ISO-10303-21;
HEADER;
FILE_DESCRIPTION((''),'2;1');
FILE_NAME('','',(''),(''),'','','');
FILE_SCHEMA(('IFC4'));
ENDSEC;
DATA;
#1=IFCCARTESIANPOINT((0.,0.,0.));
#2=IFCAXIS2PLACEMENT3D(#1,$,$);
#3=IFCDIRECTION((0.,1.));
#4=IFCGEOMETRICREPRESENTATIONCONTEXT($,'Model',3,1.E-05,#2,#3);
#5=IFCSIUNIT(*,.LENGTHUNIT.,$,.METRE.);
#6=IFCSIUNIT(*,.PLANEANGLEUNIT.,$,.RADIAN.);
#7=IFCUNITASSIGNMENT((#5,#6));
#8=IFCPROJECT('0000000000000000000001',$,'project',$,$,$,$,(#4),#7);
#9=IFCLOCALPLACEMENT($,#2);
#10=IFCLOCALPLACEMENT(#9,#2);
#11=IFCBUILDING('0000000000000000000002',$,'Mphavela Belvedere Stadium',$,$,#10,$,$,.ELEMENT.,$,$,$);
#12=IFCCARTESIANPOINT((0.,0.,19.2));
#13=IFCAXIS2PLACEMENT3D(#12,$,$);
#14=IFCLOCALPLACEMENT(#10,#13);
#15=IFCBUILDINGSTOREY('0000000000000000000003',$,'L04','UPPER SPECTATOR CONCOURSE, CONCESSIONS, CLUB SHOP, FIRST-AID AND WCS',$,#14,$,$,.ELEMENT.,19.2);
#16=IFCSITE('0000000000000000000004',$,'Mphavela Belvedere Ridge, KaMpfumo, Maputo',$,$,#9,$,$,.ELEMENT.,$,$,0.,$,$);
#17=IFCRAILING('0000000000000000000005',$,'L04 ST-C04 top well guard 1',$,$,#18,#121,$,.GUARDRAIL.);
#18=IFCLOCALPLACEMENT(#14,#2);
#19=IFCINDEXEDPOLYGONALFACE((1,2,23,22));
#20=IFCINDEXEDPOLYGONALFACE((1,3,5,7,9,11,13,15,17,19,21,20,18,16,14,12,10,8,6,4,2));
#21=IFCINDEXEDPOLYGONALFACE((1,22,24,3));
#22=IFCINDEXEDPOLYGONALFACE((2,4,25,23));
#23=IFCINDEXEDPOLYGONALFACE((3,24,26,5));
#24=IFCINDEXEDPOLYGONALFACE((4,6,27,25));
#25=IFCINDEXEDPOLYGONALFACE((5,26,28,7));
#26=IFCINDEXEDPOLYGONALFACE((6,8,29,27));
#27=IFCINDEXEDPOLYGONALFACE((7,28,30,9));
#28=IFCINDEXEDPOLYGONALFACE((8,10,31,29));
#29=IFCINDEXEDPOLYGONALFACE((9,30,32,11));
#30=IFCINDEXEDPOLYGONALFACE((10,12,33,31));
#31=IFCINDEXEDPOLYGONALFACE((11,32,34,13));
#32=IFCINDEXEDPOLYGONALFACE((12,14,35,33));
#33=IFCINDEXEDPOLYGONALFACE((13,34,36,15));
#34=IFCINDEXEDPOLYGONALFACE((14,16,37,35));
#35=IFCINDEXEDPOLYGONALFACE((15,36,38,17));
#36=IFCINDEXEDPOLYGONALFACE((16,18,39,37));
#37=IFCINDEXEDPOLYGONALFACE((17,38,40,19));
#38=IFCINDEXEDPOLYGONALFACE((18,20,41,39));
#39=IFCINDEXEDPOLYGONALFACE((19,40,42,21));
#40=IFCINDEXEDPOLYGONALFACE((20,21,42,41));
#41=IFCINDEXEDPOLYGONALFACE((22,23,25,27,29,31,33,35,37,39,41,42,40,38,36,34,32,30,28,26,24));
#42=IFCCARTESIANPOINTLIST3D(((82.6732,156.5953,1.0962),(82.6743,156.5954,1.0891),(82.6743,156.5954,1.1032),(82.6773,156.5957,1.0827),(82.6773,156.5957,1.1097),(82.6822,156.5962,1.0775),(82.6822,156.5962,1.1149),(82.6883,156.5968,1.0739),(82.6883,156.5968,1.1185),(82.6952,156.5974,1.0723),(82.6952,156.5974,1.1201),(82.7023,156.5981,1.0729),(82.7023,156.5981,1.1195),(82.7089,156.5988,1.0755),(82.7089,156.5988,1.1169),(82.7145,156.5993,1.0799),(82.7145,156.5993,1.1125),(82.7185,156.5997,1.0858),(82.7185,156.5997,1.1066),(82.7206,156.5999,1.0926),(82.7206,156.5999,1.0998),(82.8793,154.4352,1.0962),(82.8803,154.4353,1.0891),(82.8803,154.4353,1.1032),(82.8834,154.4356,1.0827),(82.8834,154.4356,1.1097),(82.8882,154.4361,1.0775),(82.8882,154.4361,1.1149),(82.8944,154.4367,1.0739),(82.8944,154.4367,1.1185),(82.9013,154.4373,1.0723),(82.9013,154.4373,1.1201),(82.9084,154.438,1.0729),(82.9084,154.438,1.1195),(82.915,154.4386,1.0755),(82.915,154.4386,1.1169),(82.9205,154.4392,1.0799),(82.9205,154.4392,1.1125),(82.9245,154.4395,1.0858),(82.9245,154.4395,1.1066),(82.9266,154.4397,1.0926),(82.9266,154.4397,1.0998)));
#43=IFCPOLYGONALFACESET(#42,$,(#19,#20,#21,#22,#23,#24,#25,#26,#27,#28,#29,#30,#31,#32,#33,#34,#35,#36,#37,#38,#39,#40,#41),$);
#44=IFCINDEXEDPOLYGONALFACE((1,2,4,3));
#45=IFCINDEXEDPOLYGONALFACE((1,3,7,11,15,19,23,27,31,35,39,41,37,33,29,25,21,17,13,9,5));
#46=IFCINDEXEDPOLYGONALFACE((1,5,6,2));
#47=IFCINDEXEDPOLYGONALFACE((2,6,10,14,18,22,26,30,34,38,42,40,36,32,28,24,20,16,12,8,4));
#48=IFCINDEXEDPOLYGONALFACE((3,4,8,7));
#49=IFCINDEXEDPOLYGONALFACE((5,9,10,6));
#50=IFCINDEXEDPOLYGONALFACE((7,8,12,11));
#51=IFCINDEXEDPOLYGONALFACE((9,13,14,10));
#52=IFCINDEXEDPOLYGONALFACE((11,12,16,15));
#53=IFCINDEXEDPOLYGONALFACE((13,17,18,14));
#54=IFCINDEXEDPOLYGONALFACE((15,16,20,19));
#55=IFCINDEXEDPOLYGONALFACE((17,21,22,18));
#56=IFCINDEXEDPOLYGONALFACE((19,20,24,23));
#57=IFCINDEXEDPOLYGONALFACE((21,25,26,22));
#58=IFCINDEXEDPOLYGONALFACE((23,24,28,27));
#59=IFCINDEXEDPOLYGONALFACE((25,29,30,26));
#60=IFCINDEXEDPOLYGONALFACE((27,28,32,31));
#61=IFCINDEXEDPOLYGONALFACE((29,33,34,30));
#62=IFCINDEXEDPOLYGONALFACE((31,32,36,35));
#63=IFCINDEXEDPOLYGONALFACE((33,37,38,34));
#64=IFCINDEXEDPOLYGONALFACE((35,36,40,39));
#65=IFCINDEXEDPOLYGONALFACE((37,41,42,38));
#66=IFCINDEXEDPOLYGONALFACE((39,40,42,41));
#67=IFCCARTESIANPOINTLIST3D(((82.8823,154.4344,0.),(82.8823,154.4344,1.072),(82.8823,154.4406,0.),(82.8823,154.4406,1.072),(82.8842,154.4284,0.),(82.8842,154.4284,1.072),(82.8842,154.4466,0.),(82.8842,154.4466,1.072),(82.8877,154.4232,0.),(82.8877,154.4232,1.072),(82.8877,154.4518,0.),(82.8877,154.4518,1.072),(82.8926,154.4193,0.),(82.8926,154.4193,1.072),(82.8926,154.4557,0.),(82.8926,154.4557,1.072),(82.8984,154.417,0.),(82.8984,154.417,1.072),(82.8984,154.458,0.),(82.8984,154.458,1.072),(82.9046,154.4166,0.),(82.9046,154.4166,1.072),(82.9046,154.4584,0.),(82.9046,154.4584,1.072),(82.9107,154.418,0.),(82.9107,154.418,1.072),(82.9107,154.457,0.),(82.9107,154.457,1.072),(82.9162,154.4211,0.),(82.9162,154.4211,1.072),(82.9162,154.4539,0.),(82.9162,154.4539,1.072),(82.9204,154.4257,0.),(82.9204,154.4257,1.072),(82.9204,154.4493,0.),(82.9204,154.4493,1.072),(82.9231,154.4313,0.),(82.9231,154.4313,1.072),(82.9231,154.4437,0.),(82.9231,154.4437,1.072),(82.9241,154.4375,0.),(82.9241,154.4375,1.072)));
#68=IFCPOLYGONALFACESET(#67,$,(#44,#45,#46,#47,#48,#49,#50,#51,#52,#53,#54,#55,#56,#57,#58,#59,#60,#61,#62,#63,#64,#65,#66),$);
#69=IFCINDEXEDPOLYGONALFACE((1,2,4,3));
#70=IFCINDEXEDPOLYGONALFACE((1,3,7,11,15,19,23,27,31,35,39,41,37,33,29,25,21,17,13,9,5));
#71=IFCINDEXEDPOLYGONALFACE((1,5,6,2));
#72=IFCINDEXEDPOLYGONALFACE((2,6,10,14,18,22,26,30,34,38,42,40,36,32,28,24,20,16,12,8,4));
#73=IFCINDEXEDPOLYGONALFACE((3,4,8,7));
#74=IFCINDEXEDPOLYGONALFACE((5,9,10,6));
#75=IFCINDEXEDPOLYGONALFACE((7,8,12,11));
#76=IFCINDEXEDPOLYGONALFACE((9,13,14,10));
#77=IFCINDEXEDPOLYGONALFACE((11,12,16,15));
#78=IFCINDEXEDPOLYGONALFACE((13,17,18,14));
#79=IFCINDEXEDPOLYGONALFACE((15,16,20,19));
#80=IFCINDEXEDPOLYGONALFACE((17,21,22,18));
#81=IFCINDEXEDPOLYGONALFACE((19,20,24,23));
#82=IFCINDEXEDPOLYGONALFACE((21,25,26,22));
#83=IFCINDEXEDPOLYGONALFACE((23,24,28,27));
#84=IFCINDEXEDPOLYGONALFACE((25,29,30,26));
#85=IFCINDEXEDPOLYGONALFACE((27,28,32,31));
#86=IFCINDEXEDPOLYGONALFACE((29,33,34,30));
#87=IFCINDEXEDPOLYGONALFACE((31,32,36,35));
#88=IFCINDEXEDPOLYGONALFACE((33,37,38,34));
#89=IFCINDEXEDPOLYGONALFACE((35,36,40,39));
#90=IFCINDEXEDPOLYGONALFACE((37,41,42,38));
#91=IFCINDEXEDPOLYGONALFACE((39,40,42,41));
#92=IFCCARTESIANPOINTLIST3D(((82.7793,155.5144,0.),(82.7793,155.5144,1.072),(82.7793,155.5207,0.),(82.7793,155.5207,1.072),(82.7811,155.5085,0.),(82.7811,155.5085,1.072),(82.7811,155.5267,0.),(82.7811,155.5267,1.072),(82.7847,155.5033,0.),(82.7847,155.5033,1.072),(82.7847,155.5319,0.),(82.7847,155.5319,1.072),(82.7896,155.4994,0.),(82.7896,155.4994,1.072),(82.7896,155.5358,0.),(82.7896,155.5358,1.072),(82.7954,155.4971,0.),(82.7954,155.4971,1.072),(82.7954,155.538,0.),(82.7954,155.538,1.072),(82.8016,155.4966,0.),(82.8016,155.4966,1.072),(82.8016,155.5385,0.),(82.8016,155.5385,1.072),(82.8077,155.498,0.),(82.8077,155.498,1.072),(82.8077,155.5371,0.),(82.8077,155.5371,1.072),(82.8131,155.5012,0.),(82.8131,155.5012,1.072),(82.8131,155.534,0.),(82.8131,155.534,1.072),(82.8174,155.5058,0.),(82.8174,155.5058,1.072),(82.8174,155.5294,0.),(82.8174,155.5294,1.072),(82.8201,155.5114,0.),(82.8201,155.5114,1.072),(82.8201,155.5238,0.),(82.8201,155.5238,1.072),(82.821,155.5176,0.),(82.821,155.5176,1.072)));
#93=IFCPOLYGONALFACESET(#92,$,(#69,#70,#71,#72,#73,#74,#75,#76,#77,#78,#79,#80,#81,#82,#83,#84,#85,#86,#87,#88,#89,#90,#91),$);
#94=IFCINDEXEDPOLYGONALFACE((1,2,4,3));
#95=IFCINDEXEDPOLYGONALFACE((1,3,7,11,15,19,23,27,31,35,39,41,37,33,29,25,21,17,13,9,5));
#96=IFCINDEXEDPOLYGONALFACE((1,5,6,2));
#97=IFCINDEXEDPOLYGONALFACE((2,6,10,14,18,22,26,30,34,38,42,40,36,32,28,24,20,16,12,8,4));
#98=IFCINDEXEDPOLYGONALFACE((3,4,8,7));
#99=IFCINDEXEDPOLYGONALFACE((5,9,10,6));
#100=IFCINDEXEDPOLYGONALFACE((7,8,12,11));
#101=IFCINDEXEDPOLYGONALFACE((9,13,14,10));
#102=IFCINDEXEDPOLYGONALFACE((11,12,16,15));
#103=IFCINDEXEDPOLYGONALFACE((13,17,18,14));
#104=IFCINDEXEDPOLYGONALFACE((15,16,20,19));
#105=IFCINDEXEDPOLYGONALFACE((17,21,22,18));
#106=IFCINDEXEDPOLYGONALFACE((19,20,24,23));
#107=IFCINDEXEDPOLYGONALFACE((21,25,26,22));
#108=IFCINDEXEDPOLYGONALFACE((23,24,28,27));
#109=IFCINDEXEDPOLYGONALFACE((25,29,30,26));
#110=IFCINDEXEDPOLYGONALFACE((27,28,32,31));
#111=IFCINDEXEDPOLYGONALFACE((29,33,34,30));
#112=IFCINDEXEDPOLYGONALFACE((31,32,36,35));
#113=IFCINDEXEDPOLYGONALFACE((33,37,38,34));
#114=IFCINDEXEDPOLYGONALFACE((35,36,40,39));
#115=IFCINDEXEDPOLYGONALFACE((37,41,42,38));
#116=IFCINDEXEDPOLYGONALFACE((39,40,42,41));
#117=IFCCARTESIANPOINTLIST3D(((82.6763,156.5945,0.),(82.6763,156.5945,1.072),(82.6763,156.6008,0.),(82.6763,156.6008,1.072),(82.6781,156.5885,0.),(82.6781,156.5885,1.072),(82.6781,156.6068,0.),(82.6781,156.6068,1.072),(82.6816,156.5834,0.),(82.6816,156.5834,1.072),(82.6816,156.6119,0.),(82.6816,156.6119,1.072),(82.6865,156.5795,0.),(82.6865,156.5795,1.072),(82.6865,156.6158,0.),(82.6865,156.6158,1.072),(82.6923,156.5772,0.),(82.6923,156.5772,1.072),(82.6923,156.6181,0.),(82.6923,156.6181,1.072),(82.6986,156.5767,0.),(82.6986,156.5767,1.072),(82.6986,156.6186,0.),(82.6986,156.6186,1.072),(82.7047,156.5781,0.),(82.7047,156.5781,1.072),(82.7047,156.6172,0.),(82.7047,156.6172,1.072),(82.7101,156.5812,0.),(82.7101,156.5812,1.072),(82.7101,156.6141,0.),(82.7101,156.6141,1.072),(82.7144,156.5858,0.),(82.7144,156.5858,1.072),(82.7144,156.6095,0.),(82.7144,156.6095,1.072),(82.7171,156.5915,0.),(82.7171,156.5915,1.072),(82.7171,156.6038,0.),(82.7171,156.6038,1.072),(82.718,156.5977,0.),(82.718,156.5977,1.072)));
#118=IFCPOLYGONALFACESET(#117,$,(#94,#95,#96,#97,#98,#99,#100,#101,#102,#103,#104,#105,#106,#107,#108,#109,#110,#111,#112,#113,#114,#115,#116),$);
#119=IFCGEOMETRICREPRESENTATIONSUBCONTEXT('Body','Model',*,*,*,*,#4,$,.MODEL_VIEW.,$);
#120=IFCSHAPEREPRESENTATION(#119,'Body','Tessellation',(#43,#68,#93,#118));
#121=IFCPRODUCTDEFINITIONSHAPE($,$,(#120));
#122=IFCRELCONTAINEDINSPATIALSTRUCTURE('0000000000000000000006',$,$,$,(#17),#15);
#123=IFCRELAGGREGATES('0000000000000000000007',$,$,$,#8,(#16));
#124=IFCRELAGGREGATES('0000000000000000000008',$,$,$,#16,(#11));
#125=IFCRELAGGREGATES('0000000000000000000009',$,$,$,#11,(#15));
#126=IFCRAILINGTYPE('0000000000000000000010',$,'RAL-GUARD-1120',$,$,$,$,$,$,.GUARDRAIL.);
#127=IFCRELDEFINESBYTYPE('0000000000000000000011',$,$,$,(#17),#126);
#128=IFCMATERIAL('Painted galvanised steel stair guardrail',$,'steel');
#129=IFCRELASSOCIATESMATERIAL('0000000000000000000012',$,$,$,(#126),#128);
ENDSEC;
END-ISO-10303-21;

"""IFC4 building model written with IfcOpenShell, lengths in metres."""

from ifc_helpers import new_model, si_unit, direction, frame, origin, origin_2d, place, context, subcontext, project, spatial, circle, extrude, material, type_object, element, save


model = new_model("IFC4")

# Units and contexts
model_context = context("Model", 3, precision=1e-05, world=origin(), true_north=direction((0.0, 1.0)))
body_context = subcontext(model_context, "Body", "Model", "MODEL_VIEW")
ifc_project = project(units=[si_unit("LENGTHUNIT", "METRE"), si_unit("PLANEANGLEUNIT", "RADIAN")], contexts=[model_context])

# Site, building, storey
site_placement = place(None, origin())
site = spatial("IfcSite", under=ifc_project, at=site_placement, Name="Mphavela Belvedere Ridge, KaMpfumo, Maputo", CompositionType="ELEMENT", RefElevation=0.0)
building_placement = place(site_placement, origin())
building = spatial("IfcBuilding", under=site, at=building_placement, Name="Mphavela Belvedere Stadium", CompositionType="ELEMENT")
storey_placement = place(building_placement, frame((0.0, 0.0, 19.2)))
storey = spatial("IfcBuildingStorey", under=building, at=storey_placement, Name="L04", Description="UPPER SPECTATOR CONCOURSE, CONCESSIONS, CLUB SHOP, FIRST-AID AND WCS", CompositionType="ELEMENT", Elevation=19.2)

# Railing
ifc_material_1 = material(Name="Painted galvanised steel stair guardrail", Category="steel")
railing_type = type_object("IfcRailingType", Name="RAL-GUARD-1120", PredefinedType="GUARDRAIL", material=ifc_material_1)
railing_placement = place(storey_placement, frame((82.9031, 154.4375, 0.0)))
element("IfcRailing", 1, at=railing_placement, inside=storey, type_object=railing_type, Name="L04 ST-C04 top well guard 1", PredefinedType="GUARDRAIL", context=body_context, shape_type="SweptSolid", body=[
    extrude(circle(Radius=0.0239, at=origin_2d()), frame((0.0, 0.0, 1.0962), z_axis=(-0.094958, 0.995481, 0.0), x_axis=(-0.995481, -0.094958, 0.0)), (0.0, 0.0, 1.0), 2.1699),
    extrude(circle(Radius=0.021, at=origin_2d()), origin(), (0.0, 0.0, 1.0), 1.072),
    extrude(circle(Radius=0.021, at=origin_2d()), frame((-0.103, 1.0801, 0.0)), (0.0, 0.0, 1.0), 1.072),
    extrude(circle(Radius=0.021, at=origin_2d()), frame((-0.2061, 2.1602, 0.0)), (0.0, 0.0, 1.0), 1.072),
])

save(model, "model.ifc")
